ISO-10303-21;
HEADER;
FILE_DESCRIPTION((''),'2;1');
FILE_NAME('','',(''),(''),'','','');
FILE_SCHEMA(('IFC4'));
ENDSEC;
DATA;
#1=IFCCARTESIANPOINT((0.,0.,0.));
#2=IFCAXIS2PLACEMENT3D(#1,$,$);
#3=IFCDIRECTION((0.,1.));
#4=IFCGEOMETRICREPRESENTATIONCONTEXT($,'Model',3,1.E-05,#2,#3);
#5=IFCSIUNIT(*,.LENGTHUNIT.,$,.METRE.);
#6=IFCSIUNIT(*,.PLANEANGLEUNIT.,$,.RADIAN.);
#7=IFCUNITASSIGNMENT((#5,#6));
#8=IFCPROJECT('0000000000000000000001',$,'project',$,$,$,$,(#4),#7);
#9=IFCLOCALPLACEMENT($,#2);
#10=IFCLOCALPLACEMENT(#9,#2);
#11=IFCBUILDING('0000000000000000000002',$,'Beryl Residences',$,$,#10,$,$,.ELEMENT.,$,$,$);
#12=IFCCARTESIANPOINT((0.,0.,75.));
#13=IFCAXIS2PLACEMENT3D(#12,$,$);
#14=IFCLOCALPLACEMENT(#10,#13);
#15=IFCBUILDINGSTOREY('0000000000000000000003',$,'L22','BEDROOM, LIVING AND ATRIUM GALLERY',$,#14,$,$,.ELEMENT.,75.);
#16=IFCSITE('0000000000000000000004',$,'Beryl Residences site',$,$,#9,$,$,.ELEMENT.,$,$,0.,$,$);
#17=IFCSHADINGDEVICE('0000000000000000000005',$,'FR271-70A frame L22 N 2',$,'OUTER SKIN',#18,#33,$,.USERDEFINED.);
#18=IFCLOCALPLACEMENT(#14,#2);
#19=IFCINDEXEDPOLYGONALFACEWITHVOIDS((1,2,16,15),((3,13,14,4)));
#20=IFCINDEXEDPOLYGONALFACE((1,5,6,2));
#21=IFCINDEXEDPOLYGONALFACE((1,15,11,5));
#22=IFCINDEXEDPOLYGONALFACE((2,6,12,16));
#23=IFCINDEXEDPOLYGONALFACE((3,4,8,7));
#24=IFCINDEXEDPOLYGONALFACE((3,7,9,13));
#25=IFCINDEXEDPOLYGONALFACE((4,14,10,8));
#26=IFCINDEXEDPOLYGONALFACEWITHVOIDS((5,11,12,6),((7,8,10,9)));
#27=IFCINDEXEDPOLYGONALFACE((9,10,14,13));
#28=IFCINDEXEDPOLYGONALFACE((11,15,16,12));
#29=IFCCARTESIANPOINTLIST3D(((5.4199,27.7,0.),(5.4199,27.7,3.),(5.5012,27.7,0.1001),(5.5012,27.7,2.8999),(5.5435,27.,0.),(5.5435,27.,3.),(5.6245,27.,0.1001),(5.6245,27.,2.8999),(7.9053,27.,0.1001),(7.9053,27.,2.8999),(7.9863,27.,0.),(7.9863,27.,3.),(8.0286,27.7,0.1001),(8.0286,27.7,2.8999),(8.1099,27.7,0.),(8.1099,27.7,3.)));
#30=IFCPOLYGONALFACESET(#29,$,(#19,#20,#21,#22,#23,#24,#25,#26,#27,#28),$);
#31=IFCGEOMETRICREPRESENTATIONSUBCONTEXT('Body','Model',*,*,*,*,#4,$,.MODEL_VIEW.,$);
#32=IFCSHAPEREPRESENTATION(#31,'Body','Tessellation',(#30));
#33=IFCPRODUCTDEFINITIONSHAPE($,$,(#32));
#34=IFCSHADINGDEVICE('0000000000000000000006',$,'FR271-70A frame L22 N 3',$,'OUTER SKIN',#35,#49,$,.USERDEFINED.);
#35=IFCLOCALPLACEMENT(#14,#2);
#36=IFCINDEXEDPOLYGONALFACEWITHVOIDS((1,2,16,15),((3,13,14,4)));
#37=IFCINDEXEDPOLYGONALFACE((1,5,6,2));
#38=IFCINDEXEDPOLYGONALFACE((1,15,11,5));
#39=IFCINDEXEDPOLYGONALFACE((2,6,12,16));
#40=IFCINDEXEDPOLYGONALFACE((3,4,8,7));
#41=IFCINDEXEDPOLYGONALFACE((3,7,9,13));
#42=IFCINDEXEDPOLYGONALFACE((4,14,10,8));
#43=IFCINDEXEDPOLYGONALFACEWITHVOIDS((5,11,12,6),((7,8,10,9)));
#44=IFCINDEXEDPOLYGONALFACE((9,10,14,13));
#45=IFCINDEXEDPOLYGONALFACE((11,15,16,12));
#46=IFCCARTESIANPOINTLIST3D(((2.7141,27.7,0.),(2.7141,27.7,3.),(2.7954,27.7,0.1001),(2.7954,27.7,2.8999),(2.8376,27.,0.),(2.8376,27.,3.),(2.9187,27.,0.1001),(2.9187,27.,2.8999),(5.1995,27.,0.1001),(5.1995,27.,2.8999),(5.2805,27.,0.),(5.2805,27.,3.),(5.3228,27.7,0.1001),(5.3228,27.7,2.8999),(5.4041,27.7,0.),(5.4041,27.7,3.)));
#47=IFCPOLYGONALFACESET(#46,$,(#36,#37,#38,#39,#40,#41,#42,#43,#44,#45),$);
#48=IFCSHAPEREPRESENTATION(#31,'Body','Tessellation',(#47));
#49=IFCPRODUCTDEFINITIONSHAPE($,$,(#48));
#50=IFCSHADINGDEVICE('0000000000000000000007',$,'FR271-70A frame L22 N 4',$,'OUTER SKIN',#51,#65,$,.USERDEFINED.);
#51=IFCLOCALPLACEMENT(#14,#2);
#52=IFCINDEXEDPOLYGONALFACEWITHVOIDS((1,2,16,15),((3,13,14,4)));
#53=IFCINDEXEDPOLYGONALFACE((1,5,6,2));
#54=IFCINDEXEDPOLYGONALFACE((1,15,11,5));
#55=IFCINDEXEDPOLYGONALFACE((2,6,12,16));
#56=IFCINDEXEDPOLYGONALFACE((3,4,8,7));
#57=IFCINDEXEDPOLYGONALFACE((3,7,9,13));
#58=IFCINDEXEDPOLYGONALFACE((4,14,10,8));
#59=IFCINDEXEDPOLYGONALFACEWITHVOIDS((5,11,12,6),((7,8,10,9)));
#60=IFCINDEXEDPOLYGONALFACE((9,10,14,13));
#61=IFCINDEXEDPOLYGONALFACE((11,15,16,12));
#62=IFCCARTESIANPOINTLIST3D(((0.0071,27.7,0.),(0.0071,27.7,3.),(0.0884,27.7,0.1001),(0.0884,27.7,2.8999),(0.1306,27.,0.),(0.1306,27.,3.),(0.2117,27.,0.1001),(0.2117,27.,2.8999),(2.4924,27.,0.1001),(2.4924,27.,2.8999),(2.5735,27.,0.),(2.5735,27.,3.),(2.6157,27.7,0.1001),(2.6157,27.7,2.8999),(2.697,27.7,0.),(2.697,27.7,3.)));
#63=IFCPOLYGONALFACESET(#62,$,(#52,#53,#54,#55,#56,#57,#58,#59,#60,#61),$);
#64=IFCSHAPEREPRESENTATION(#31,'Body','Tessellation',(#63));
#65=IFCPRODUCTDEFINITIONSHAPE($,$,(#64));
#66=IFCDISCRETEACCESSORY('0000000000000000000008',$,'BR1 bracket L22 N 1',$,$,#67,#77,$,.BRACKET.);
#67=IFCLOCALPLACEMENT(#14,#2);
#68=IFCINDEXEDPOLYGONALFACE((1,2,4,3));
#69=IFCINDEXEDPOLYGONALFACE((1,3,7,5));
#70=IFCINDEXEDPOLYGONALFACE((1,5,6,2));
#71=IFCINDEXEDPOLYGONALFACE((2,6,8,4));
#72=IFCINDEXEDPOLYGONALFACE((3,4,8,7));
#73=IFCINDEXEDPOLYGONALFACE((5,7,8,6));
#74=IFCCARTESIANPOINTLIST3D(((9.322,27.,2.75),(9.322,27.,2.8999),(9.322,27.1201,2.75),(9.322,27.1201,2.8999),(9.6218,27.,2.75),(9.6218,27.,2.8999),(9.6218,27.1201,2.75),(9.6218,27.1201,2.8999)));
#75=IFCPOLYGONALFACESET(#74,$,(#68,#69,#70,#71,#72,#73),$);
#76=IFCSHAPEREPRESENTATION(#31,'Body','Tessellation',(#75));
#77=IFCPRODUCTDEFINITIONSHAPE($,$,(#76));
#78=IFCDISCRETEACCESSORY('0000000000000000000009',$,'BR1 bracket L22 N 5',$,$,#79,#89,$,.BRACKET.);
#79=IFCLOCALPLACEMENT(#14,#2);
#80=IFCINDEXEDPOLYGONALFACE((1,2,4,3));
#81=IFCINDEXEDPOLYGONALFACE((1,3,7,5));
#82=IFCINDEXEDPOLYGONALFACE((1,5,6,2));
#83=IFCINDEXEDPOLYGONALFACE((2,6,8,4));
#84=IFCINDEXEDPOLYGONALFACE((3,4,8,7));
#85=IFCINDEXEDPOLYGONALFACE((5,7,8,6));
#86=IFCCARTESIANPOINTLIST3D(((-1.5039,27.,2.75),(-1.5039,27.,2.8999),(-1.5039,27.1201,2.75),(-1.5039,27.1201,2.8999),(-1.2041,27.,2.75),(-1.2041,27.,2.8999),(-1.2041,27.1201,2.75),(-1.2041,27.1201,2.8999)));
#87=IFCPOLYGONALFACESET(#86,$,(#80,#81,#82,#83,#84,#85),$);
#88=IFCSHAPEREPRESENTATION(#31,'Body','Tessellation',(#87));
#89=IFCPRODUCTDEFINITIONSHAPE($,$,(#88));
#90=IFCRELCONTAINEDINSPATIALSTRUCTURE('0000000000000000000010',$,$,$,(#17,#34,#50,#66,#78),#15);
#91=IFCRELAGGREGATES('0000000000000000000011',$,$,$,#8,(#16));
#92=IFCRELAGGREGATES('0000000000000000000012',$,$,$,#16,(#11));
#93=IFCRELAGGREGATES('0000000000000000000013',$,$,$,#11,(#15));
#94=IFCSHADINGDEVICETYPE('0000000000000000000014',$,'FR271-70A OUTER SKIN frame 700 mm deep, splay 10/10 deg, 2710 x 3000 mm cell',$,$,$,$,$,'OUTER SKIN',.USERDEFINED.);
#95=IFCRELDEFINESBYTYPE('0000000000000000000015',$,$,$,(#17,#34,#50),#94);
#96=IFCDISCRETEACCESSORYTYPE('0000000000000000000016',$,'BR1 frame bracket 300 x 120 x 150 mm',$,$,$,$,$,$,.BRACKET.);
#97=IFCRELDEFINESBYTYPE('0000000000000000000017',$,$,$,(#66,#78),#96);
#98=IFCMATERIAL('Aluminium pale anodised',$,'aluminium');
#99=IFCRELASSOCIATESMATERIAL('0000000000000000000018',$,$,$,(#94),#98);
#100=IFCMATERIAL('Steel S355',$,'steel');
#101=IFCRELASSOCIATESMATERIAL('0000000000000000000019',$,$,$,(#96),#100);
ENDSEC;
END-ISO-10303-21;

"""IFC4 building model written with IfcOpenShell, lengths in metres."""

from ifc_helpers import new_model, entity, si_unit, direction, frame, origin, place, context, subcontext, project, spatial, polyline, outline, extrude, source, transform, mapped, material, type_object, type_shapes, element, save


model = new_model("IFC4")

# Units and contexts
model_context = context("Model", 3, precision=1e-05, world=origin(), true_north=direction((0.0, 1.0)))
body_context = subcontext(model_context, "Body", "Model", "MODEL_VIEW")
ifc_project = project(units=[si_unit("LENGTHUNIT", "METRE"), si_unit("PLANEANGLEUNIT", "RADIAN")], contexts=[model_context])

# Site, building, storey
site_placement = place(None, origin())
site = spatial("IfcSite", under=ifc_project, at=site_placement, Name="Beryl Residences site", CompositionType="ELEMENT", RefElevation=0.0)
building_placement = place(site_placement, origin())
building = spatial("IfcBuilding", under=site, at=building_placement, Name="Beryl Residences", CompositionType="ELEMENT")
storey_placement = place(building_placement, frame((0.0, 0.0, 75.0)))
storey = spatial("IfcBuildingStorey", under=building, at=storey_placement, Name="L22", Description="BEDROOM, LIVING AND ATRIUM GALLERY", CompositionType="ELEMENT", Elevation=75.0)

# Shading devices
ifc_material_1 = material(Name="Aluminium pale anodised", Category="aluminium")
shading_device_type = type_object("IfcShadingDeviceType", Name="FR271-70A OUTER SKIN frame 700 mm deep, splay 10/10 deg, 2710 x 3000 mm cell", ElementType="OUTER SKIN", PredefinedType="USERDEFINED", material=ifc_material_1)
cartesian_point_1 = entity("IfcCartesianPoint", [-1.2214, 0.0])
cartesian_point_2 = entity("IfcCartesianPoint", [-1.1404, 0.1001])
cartesian_point_3 = entity("IfcCartesianPoint", [-1.345, 0.0])
cartesian_point_4 = entity("IfcCartesianPoint", [-1.2637, 0.1001])
shared_shape_1 = source(origin(), body_context, "Body", "SweptSolid", [
    entity("IfcExtrudedAreaSolidTapered", entity("IfcArbitraryProfileDefWithVoids", "AREA", None, entity("IfcPolyline", [cartesian_point_1, entity("IfcCartesianPoint", [1.2214, 0.0]), entity("IfcCartesianPoint", [1.2214, 3.0]), entity("IfcCartesianPoint", [-1.2214, 3.0]), cartesian_point_1]), [entity("IfcPolyline", [cartesian_point_2, entity("IfcCartesianPoint", [1.1404, 0.1001]), entity("IfcCartesianPoint", [1.1404, 2.8999]), entity("IfcCartesianPoint", [-1.1404, 2.8999]), cartesian_point_2])]), entity("IfcAxis2Placement3D", entity("IfcCartesianPoint", [0.0, 0.0, 0.0]), entity("IfcDirection", [0.0, 1.0, 0.0]), entity("IfcDirection", [-1.0, 0.0, 0.0])), entity("IfcDirection", [0.0, 0.0, 1.0]), 0.7, entity("IfcArbitraryProfileDefWithVoids", "AREA", None, entity("IfcPolyline", [cartesian_point_3, entity("IfcCartesianPoint", [1.345, 0.0]), entity("IfcCartesianPoint", [1.345, 3.0]), entity("IfcCartesianPoint", [-1.345, 3.0]), cartesian_point_3]), [entity("IfcPolyline", [cartesian_point_4, entity("IfcCartesianPoint", [1.2637, 0.1001]), entity("IfcCartesianPoint", [1.2637, 2.8999]), entity("IfcCartesianPoint", [-1.2637, 2.8999]), cartesian_point_4])])),
])
type_shapes(shading_device_type, [shared_shape_1])
for number, where, z_axis, x_axis, name in (
    (1, (6.7649, 27.0, 0.0), (0.0, 0.0, 1.0), (1.0, 0.0, 0.0), "FR271-70A frame L22 N 2"),
    (2, (4.0591, 27.0, 0.0), (0.0, 0.0, 1.0), (1.0, 0.0, 0.0), "FR271-70A frame L22 N 3"),
    (3, (1.3521, 27.0, 0.0), (0.0, 0.0, 1.0), (1.0, 0.0, 0.0), "FR271-70A frame L22 N 4"),
):
    element("IfcShadingDevice", number, at=place(storey_placement, frame(where, z_axis=z_axis, x_axis=x_axis)), inside=storey, type_object=shading_device_type, Name=name, ObjectType="OUTER SKIN", PredefinedType="USERDEFINED", context=body_context, shape_type="MappedRepresentation", body=[
        mapped(shared_shape_1, transform((0.0, 0.0, 0.0))),
    ])

# Discrete accessories
ifc_material_2 = material(Name="Steel S355", Category="steel")
discrete_accessory_type = type_object("IfcDiscreteAccessoryType", Name="BR1 frame bracket 300 x 120 x 150 mm", PredefinedType="BRACKET", material=ifc_material_2)
shared_shape_2 = source(origin(), body_context, "Body", "SweptSolid", [
    extrude(outline(polyline([(-0.1499, 0.0), (0.1499, 0.0), (0.1499, 0.1201), (-0.1499, 0.1201), (-0.1499, 0.0)])), origin(), (0.0, 0.0, 1.0), 0.1499),
])
type_shapes(discrete_accessory_type, [shared_shape_2])
for number, where, z_axis, x_axis, name in (
    (4, (9.4719, 27.0, 2.75), (0.0, 0.0, 1.0), (1.0, 0.0, 0.0), "BR1 bracket L22 N 1"),
    (5, (-1.354, 27.0, 2.75), (0.0, 0.0, 1.0), (1.0, 0.0, 0.0), "BR1 bracket L22 N 5"),
):
    element("IfcDiscreteAccessory", number, at=place(storey_placement, frame(where, z_axis=z_axis, x_axis=x_axis)), inside=storey, type_object=discrete_accessory_type, Name=name, PredefinedType="BRACKET", context=body_context, shape_type="MappedRepresentation", body=[
        mapped(shared_shape_2, transform((0.0, 0.0, 0.0))),
    ])

save(model, "model.ifc")
